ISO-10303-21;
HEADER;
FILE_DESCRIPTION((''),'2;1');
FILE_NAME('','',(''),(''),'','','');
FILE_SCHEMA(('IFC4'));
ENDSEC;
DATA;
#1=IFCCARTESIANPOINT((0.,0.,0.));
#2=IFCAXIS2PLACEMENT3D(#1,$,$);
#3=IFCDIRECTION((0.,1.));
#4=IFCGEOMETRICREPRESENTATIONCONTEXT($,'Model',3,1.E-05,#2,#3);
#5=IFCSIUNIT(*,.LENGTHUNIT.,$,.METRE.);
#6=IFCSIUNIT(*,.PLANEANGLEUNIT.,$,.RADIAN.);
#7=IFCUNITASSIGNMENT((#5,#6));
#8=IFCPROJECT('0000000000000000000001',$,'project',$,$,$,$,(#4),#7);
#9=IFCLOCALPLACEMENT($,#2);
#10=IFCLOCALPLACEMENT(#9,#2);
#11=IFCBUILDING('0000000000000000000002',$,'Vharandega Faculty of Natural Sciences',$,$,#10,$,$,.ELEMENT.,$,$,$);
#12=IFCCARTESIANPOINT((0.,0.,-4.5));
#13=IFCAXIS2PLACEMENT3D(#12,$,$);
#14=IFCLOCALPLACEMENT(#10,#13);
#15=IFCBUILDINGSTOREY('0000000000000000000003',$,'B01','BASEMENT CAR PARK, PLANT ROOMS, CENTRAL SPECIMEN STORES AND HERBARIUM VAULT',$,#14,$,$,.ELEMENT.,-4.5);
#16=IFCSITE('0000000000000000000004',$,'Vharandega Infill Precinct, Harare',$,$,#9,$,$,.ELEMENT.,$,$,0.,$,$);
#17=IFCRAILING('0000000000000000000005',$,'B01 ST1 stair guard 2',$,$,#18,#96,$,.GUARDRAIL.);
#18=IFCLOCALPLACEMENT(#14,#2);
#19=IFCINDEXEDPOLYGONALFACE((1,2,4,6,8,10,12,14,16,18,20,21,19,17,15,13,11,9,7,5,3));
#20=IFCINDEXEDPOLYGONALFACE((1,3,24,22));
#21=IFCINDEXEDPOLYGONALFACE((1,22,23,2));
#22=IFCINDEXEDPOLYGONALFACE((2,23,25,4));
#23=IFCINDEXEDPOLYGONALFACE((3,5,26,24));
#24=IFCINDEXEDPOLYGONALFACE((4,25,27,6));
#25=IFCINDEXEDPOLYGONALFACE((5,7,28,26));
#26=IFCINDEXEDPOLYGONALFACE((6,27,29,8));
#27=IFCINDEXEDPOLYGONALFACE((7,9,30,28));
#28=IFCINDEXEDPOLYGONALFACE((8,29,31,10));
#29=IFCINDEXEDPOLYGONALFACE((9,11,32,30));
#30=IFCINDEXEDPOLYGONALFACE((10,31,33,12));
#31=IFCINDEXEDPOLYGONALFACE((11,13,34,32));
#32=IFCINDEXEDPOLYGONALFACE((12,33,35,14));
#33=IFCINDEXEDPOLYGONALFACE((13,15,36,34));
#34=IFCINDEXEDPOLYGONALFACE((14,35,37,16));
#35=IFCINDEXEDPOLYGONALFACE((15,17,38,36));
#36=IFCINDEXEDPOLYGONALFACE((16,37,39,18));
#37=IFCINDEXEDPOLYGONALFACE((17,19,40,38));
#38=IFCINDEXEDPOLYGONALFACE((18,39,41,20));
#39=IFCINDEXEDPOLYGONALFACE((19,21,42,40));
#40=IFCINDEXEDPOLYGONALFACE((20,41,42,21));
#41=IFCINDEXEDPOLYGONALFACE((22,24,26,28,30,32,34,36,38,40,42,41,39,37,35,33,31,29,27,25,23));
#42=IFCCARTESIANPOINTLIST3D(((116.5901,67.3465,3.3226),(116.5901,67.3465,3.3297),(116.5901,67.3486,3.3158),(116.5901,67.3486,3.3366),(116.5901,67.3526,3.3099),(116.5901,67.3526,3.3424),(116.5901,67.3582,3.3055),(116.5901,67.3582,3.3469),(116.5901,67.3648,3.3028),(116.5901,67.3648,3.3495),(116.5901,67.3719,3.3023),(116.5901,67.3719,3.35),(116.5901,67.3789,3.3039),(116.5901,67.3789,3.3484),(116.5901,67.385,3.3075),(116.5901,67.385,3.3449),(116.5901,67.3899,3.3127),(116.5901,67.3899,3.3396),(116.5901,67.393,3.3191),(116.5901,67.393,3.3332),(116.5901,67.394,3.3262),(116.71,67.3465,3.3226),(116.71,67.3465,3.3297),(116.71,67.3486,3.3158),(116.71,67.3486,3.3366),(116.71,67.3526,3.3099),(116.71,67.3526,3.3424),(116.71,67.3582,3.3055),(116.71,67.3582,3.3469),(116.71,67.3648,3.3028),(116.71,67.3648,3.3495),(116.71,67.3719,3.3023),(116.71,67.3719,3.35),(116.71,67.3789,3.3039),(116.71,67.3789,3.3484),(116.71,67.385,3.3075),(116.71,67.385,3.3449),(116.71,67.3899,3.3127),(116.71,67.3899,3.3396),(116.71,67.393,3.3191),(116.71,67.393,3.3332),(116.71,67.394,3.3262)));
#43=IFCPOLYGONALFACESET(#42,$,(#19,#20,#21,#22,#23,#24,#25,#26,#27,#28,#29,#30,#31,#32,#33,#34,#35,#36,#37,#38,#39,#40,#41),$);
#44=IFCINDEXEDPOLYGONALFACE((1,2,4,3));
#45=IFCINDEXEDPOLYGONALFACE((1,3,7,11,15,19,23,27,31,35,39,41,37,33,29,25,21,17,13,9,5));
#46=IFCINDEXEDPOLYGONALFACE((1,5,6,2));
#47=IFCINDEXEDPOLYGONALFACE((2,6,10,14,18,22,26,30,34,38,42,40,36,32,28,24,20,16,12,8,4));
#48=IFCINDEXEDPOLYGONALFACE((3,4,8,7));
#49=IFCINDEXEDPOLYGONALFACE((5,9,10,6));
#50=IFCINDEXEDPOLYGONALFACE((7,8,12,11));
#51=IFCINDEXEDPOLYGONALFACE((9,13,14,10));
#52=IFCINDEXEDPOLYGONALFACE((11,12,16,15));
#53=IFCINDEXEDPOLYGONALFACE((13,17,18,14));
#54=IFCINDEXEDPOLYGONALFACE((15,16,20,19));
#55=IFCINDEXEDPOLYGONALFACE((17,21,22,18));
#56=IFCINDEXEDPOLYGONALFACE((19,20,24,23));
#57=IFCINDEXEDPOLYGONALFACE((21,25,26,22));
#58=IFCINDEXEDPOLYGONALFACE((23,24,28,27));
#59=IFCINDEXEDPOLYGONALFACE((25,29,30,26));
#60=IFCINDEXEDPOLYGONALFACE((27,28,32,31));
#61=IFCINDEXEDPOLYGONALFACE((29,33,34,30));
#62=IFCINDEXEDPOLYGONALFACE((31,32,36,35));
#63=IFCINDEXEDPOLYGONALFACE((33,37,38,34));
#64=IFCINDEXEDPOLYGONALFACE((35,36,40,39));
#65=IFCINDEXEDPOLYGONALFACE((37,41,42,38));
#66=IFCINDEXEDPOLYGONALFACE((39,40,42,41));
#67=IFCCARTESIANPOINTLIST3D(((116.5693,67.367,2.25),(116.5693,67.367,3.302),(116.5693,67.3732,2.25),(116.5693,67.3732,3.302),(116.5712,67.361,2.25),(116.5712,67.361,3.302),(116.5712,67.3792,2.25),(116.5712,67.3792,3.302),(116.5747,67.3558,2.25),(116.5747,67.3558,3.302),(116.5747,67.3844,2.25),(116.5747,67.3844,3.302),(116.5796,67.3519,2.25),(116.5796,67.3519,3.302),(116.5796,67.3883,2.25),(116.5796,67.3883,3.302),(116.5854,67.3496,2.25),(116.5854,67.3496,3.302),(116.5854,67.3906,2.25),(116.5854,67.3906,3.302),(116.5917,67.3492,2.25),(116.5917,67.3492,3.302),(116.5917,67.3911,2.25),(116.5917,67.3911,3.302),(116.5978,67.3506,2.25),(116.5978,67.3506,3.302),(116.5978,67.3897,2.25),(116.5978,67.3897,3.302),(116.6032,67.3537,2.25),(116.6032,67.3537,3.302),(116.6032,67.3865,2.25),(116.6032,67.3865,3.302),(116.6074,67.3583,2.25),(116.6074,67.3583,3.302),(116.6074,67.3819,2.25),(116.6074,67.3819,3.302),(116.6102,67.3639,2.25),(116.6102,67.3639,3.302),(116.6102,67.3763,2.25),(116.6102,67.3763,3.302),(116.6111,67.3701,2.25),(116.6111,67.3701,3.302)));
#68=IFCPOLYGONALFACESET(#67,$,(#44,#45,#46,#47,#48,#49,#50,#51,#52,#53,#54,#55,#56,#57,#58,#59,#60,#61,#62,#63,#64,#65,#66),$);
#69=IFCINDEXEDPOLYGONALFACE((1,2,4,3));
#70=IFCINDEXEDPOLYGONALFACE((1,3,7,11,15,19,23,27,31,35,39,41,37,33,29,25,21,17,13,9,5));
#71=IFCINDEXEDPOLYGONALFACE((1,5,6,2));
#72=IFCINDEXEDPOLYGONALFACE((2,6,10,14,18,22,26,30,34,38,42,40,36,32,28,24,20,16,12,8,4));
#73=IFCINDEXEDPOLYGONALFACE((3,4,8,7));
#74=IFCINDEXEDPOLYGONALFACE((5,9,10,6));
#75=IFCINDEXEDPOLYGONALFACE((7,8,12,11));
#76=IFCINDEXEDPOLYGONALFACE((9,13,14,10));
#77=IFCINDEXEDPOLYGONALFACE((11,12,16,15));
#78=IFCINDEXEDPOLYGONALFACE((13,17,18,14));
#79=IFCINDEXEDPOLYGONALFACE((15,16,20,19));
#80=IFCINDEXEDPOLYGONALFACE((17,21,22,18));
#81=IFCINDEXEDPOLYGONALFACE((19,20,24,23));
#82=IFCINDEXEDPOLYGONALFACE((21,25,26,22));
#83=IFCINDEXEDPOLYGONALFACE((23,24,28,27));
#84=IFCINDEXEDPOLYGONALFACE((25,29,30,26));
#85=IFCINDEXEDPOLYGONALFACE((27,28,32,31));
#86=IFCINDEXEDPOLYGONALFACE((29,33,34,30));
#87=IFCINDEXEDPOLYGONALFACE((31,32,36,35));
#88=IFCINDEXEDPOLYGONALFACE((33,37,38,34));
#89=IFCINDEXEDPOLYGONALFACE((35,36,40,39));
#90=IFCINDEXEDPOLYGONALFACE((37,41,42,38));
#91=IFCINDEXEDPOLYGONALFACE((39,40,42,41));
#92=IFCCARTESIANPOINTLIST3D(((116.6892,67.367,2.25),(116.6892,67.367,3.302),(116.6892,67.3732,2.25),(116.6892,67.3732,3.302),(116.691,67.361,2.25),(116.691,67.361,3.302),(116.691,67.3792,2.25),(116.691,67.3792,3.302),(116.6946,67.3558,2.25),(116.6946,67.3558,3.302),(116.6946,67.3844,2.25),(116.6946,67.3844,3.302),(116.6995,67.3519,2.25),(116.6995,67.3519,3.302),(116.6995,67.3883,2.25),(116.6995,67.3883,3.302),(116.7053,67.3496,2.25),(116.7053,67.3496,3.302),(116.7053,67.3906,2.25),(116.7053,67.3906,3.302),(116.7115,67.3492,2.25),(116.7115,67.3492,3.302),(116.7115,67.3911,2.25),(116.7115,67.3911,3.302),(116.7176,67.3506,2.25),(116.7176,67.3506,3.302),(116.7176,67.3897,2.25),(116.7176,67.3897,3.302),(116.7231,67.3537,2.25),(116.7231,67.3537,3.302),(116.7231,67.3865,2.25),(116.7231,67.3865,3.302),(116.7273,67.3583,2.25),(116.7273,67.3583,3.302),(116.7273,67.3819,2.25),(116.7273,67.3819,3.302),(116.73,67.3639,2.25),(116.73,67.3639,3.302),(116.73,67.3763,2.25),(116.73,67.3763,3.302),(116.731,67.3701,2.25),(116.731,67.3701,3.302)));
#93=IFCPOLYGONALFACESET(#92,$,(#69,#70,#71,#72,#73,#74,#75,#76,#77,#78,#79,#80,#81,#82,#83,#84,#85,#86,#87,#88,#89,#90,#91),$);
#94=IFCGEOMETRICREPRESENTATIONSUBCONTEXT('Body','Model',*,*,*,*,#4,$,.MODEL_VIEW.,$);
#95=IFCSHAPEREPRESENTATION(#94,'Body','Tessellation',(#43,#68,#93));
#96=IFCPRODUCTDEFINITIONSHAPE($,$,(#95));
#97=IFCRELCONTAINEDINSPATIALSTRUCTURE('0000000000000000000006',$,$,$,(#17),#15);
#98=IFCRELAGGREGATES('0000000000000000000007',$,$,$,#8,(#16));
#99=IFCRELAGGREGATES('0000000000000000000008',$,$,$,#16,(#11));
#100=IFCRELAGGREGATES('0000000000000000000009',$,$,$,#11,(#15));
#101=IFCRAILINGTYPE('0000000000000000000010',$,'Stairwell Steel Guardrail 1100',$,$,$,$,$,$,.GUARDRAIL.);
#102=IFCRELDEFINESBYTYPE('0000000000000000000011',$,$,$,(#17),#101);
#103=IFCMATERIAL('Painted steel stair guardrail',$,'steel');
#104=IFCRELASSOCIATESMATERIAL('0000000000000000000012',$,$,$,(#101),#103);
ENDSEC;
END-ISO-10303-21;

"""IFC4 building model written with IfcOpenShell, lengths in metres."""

from ifc_helpers import new_model, si_unit, direction, frame, origin, origin_2d, place, context, subcontext, project, spatial, circle, extrude, material, type_object, element, save


model = new_model("IFC4")

# Units and contexts
model_context = context("Model", 3, precision=1e-05, world=origin(), true_north=direction((0.0, 1.0)))
body_context = subcontext(model_context, "Body", "Model", "MODEL_VIEW")
ifc_project = project(units=[si_unit("LENGTHUNIT", "METRE"), si_unit("PLANEANGLEUNIT", "RADIAN")], contexts=[model_context])

# Site, building, storey
site_placement = place(None, origin())
site = spatial("IfcSite", under=ifc_project, at=site_placement, Name="Vharandega Infill Precinct, Harare", CompositionType="ELEMENT", RefElevation=0.0)
building_placement = place(site_placement, origin())
building = spatial("IfcBuilding", under=site, at=building_placement, Name="Vharandega Faculty of Natural Sciences", CompositionType="ELEMENT")
storey_placement = place(building_placement, frame((0.0, 0.0, -4.5)))
storey = spatial("IfcBuildingStorey", under=building, at=storey_placement, Name="B01", Description="BASEMENT CAR PARK, PLANT ROOMS, CENTRAL SPECIMEN STORES AND HERBARIUM VAULT", CompositionType="ELEMENT", Elevation=-4.5)

# Railing
ifc_material_1 = material(Name="Painted steel stair guardrail", Category="steel")
railing_type_1 = type_object("IfcRailingType", Name="Stairwell Steel Guardrail 1100", PredefinedType="GUARDRAIL", material=ifc_material_1)
railing_1_placement = place(storey_placement, frame((116.5901, 67.3701, 2.25)))
element("IfcRailing", 1, at=railing_1_placement, inside=storey, type_object=railing_type_1, Name="B01 ST1 stair guard 2", PredefinedType="GUARDRAIL", context=body_context, shape_type="SweptSolid", body=[
    extrude(circle(Radius=0.0239, at=origin_2d()), frame((0.0, 0.0, 1.0762), z_axis=(1.0, 0.0, 0.0), x_axis=(0.0, 1.0, 0.0)), (0.0, 0.0, 1.0), 0.1199),
    extrude(circle(Radius=0.021, at=origin_2d()), origin(), (0.0, 0.0, 1.0), 1.052),
    extrude(circle(Radius=0.021, at=origin_2d()), frame((0.1199, 0.0, 0.0)), (0.0, 0.0, 1.0), 1.052),
])

save(model, "model.ifc")
